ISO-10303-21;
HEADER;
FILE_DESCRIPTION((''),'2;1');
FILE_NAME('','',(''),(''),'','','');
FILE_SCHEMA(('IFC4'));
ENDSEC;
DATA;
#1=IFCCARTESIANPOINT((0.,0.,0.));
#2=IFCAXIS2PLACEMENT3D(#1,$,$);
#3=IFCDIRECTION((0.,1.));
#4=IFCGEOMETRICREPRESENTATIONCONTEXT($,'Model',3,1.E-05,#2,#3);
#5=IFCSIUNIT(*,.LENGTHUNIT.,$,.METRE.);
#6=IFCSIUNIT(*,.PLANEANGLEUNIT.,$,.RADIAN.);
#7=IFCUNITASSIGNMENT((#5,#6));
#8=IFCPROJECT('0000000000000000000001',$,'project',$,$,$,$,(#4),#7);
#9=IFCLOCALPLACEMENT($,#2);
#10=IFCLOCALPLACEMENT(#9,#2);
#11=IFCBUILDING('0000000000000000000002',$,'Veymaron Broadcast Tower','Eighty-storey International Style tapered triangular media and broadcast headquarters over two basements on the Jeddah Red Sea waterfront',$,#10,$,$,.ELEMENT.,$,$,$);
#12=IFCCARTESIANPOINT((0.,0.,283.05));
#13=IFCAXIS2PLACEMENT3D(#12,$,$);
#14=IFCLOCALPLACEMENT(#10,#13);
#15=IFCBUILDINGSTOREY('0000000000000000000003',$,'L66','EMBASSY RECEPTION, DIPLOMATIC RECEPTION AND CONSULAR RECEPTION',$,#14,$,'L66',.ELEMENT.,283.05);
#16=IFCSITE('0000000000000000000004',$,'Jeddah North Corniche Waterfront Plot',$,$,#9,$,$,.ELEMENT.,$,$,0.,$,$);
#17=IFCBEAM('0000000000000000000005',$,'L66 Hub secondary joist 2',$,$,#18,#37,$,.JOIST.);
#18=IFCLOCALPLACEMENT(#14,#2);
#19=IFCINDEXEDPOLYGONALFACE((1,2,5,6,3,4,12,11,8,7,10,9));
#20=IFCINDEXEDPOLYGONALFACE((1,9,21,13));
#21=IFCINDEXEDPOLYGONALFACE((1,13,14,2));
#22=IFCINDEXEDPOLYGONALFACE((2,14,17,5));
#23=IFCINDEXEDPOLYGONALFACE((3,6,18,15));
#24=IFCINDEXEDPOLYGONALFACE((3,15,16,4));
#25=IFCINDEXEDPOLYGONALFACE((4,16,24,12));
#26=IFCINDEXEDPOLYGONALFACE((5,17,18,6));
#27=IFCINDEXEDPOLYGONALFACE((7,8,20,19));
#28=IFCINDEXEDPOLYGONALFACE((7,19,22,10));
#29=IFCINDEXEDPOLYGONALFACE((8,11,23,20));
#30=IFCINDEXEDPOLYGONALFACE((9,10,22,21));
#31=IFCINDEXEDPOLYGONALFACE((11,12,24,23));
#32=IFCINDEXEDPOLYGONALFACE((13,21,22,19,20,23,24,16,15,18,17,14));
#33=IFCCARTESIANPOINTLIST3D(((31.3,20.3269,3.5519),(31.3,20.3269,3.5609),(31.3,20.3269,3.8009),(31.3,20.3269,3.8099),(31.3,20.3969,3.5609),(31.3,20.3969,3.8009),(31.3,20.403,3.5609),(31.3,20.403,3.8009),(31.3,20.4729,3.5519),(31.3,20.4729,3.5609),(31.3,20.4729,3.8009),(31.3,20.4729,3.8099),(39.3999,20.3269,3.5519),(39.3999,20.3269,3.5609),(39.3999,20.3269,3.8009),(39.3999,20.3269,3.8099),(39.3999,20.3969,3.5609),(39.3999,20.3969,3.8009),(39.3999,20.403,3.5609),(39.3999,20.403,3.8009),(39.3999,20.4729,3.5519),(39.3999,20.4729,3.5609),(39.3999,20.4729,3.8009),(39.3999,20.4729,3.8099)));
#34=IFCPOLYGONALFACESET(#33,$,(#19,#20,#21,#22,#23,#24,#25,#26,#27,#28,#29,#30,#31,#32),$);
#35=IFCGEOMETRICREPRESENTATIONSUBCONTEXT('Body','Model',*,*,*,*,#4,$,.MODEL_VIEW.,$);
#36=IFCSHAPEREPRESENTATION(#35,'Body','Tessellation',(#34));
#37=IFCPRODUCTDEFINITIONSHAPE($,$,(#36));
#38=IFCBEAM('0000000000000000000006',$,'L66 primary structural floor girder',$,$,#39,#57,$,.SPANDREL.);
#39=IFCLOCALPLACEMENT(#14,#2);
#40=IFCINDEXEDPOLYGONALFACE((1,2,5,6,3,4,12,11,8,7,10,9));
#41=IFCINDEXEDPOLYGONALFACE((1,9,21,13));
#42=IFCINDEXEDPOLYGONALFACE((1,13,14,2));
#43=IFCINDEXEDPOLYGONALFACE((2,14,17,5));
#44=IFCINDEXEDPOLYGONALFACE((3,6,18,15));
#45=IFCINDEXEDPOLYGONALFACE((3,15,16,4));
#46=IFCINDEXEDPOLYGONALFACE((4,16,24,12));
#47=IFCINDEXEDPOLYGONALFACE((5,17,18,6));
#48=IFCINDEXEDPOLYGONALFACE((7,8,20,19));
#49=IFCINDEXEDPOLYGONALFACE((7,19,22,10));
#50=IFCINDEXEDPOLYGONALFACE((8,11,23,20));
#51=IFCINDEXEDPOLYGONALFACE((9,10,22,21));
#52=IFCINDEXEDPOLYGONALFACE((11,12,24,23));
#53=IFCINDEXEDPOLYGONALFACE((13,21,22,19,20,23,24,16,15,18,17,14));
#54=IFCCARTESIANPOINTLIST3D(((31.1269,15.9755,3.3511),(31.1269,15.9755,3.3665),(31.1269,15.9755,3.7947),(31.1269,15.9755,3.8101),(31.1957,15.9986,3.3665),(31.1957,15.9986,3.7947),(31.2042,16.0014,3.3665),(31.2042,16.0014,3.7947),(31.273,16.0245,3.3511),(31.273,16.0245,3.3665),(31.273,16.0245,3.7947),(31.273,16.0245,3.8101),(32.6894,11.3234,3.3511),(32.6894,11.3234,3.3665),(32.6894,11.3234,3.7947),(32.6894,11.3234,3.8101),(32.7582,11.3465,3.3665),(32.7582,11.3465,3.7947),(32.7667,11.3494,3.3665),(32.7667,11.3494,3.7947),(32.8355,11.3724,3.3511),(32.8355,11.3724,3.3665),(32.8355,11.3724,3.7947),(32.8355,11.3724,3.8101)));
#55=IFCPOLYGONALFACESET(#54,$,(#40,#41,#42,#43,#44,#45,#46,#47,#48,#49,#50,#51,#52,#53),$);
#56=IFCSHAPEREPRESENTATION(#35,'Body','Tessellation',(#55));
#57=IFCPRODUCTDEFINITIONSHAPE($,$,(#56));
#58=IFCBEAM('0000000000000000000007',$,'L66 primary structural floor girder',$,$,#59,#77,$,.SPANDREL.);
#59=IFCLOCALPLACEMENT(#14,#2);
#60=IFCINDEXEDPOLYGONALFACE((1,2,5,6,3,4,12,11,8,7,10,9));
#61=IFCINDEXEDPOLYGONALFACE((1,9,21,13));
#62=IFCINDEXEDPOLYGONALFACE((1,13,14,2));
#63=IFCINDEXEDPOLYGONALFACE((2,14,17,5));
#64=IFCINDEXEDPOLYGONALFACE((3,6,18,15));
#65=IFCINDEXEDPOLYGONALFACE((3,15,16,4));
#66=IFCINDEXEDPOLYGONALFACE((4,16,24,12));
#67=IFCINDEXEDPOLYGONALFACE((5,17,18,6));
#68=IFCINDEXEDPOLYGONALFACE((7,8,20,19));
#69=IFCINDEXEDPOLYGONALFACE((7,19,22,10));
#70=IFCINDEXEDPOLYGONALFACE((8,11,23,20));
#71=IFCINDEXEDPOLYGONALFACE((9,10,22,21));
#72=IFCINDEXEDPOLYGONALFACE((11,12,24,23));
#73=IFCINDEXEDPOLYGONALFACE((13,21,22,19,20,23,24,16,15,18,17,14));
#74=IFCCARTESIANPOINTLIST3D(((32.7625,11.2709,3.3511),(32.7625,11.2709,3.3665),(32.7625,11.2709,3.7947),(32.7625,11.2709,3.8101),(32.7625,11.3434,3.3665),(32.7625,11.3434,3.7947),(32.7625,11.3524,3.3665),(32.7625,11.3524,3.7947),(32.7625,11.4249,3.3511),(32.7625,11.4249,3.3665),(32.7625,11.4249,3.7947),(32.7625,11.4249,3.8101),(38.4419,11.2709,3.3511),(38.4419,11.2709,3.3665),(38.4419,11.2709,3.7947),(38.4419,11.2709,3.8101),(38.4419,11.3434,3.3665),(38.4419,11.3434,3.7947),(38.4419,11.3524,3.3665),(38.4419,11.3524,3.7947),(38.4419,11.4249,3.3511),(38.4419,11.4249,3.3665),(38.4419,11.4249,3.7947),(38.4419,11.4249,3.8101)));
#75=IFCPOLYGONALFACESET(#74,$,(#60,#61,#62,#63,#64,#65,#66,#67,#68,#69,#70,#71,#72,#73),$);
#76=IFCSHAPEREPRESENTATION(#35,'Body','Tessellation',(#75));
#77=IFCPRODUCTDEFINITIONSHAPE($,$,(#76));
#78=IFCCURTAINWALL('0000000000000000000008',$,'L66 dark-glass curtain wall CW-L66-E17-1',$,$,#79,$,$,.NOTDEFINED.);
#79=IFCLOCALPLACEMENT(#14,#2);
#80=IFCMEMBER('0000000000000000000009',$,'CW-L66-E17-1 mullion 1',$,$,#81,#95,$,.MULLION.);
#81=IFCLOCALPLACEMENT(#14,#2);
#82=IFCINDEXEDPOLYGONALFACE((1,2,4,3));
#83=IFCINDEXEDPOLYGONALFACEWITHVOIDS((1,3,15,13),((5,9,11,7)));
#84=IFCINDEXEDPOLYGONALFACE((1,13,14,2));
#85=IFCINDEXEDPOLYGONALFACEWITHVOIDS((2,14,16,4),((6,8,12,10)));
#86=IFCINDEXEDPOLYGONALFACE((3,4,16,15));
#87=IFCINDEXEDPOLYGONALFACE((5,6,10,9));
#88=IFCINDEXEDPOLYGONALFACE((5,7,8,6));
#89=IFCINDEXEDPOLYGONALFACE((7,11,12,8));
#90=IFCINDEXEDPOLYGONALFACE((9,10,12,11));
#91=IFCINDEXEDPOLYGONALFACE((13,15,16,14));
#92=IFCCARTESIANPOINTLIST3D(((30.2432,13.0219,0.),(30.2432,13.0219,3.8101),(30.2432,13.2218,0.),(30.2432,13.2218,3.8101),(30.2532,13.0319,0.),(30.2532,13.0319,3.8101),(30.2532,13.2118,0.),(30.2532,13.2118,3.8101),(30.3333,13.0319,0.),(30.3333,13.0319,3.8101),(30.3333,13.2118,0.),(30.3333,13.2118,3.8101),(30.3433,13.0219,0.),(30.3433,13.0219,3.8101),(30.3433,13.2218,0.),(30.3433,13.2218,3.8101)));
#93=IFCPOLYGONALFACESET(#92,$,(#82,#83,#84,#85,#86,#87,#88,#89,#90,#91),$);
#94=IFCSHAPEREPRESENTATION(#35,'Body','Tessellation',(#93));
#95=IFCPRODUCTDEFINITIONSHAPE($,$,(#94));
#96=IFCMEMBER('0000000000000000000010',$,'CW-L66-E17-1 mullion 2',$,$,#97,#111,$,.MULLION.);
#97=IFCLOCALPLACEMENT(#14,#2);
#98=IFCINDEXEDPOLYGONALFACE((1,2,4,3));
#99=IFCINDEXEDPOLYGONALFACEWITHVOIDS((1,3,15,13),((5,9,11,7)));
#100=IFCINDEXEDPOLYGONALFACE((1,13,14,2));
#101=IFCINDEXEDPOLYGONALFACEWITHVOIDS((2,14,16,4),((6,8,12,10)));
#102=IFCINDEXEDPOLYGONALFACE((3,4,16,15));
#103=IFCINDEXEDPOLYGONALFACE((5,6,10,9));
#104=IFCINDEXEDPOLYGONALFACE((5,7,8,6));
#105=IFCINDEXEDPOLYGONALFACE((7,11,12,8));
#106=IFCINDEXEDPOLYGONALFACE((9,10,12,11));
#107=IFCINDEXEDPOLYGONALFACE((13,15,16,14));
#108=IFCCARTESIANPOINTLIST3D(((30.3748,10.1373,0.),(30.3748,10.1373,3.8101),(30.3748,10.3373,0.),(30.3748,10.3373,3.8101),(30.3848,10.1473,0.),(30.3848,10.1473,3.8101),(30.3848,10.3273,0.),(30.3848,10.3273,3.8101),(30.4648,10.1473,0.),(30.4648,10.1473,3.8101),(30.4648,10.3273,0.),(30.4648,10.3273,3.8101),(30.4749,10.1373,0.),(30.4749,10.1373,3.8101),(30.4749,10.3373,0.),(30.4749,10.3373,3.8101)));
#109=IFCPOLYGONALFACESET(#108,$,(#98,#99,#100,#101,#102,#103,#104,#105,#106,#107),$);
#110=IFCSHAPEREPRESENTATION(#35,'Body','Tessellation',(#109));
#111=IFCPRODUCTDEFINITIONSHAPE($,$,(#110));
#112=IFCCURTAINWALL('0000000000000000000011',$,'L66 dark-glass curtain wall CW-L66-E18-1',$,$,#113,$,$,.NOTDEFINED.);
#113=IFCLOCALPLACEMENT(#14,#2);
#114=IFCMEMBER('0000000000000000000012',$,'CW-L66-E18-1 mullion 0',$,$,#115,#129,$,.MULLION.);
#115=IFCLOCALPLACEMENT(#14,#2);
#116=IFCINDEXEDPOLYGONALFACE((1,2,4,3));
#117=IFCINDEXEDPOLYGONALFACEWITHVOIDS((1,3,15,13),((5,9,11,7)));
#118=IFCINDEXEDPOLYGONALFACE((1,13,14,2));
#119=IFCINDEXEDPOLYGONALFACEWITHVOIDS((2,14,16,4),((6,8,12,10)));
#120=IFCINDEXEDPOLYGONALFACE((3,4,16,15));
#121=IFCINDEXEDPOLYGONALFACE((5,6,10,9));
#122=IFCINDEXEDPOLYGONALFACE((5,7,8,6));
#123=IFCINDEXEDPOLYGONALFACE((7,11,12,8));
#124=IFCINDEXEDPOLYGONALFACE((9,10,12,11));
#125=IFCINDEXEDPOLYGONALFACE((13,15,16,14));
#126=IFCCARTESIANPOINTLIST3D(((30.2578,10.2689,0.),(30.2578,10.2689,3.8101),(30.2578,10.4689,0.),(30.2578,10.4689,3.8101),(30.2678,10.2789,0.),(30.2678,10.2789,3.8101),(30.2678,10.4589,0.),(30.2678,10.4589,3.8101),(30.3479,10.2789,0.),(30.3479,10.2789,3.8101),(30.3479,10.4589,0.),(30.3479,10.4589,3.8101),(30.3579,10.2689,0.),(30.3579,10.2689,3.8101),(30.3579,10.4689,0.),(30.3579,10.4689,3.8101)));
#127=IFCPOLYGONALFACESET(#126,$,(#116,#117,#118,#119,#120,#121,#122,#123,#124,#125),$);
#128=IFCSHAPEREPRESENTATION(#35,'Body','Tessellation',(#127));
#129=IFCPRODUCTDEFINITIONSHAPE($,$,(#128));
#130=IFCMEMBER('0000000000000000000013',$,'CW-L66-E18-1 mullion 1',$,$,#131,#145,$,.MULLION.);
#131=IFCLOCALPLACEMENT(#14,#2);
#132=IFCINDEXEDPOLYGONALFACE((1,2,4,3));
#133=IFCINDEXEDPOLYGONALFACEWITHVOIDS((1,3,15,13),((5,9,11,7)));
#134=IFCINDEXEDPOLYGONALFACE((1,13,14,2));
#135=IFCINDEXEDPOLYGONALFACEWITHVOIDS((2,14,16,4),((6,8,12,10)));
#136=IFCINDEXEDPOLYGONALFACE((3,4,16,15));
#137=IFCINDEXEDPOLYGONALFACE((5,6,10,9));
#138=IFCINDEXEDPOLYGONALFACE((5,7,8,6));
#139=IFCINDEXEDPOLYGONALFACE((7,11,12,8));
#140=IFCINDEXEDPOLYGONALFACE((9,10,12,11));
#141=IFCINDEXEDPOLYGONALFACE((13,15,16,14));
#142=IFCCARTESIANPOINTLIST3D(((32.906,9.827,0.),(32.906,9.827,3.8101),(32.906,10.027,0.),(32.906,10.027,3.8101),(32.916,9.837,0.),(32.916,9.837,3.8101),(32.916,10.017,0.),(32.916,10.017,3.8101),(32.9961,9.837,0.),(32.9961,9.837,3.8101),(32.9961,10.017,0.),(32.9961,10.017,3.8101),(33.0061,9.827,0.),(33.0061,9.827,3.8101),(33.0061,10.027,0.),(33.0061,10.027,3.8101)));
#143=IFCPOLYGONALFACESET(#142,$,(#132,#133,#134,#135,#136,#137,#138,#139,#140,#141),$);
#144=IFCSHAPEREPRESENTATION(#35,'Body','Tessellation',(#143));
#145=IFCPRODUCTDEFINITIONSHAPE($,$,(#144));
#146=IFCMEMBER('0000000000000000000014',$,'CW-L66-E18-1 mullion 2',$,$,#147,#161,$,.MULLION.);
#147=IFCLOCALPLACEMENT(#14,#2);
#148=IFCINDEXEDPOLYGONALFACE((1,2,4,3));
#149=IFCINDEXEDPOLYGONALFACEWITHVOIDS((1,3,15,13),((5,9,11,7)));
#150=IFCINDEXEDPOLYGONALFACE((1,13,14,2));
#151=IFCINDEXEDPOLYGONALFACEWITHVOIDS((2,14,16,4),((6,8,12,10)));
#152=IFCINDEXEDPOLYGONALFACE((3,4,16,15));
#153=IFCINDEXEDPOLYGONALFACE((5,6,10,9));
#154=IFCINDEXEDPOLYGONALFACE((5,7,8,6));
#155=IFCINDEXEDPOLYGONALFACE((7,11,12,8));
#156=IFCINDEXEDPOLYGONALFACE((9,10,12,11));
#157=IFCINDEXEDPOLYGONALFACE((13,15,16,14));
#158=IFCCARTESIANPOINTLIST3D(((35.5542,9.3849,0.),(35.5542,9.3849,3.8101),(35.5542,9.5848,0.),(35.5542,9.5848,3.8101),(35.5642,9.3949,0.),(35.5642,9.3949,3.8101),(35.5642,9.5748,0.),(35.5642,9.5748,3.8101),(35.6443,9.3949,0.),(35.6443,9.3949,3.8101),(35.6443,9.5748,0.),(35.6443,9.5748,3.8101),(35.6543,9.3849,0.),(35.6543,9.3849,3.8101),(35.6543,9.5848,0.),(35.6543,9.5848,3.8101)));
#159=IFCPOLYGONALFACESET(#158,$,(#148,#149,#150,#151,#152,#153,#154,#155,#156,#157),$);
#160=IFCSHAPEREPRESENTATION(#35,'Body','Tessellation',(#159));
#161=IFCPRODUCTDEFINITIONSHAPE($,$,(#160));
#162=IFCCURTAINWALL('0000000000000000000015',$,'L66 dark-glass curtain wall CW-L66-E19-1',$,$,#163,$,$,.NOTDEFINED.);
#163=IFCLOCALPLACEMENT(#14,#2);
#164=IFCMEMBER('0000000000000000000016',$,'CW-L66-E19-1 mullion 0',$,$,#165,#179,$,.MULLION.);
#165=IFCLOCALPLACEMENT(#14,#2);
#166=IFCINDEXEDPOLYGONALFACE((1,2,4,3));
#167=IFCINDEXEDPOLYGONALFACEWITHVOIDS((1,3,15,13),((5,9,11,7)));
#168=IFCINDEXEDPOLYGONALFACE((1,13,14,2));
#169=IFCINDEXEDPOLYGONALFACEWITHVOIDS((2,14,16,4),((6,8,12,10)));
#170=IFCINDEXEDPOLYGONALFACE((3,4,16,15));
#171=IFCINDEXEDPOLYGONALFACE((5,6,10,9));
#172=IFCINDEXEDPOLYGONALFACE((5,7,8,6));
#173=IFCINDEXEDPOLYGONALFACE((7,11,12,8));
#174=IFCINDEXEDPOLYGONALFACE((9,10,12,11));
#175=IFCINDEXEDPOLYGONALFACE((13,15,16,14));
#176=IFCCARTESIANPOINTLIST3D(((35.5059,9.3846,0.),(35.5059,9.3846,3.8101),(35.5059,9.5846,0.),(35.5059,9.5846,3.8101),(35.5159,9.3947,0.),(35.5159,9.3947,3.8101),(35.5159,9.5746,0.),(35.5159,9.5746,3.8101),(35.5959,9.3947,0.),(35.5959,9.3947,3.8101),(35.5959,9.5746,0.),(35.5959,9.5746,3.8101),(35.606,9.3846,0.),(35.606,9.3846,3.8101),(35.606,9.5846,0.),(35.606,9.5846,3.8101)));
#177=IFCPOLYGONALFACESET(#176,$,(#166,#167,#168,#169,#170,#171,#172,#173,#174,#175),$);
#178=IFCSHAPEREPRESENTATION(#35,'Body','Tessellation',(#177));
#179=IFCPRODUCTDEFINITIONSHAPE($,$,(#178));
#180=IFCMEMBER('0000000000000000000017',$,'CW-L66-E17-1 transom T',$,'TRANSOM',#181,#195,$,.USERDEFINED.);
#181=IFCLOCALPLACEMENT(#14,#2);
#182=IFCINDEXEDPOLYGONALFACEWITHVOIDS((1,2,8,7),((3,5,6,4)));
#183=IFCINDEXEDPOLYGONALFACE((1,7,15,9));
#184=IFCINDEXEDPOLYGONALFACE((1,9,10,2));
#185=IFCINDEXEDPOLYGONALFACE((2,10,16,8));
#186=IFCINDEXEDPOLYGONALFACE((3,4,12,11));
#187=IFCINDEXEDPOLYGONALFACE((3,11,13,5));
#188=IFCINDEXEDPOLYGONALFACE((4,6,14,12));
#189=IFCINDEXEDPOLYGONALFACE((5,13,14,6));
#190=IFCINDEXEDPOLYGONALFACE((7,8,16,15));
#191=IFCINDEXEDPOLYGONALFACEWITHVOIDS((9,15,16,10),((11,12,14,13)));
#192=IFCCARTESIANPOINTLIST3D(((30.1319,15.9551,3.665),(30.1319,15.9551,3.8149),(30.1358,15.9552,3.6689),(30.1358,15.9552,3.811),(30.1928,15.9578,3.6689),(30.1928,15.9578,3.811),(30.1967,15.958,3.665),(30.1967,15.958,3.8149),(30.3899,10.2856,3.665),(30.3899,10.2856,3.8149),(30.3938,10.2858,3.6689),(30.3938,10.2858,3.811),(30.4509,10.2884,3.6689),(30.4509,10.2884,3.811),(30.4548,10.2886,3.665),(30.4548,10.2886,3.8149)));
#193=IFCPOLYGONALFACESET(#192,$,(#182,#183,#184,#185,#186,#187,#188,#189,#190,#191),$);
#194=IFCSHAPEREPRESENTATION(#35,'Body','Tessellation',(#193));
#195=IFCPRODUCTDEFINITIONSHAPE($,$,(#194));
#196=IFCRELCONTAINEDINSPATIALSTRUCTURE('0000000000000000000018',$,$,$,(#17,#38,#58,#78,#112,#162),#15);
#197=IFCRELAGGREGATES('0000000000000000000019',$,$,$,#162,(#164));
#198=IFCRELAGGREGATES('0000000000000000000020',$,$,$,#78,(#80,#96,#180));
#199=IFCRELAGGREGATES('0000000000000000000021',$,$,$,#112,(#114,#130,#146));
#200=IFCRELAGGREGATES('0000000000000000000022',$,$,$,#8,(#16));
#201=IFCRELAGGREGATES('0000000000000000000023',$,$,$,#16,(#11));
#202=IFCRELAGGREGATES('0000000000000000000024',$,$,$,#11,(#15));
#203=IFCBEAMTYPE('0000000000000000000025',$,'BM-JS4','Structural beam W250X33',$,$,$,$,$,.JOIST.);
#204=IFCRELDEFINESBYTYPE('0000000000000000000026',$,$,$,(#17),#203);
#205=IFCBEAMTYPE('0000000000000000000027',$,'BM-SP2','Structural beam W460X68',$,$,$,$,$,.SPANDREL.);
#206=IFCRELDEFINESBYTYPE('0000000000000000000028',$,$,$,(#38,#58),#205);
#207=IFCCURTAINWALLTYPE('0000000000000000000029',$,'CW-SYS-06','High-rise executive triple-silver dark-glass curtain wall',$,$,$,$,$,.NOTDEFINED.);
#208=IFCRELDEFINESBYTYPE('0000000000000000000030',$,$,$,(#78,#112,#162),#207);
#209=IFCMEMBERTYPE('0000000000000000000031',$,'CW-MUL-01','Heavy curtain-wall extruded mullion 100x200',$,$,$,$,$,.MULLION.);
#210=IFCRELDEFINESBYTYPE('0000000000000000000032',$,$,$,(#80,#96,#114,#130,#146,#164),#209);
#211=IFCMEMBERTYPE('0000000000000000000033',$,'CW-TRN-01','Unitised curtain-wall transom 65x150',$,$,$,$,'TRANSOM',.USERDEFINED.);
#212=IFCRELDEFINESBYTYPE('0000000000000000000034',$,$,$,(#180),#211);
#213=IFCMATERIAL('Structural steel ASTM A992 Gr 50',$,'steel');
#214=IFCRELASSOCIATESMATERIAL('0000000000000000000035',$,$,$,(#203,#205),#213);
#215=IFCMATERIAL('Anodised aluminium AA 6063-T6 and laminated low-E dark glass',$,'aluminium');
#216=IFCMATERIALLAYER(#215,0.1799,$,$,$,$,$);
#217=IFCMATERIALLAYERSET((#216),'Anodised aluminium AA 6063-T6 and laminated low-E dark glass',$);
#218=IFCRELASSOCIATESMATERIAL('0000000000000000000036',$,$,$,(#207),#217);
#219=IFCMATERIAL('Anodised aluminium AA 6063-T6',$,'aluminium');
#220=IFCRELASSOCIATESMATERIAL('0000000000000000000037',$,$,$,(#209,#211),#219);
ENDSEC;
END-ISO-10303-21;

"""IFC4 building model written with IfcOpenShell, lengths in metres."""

from ifc_helpers import new_model, si_unit, direction, frame, origin, origin_2d, place, context, subcontext, project, spatial, hollow_rectangle, i_section, extrude, material, layer, layer_set, material_profile, profile_set, type_object, element, aggregate, save


model = new_model("IFC4")

# Units and contexts
model_context = context("Model", 3, precision=1e-05, world=origin(), true_north=direction((0.0, 1.0)))
body_context = subcontext(model_context, "Body", "Model", "MODEL_VIEW")
ifc_project = project(units=[si_unit("LENGTHUNIT", "METRE"), si_unit("PLANEANGLEUNIT", "RADIAN")], contexts=[model_context])

# Site, building, storey
site_placement = place(None, origin())
site = spatial("IfcSite", under=ifc_project, at=site_placement, Name="Jeddah North Corniche Waterfront Plot", CompositionType="ELEMENT", RefElevation=0.0)
building_placement = place(site_placement, origin())
building = spatial("IfcBuilding", under=site, at=building_placement, Name="Veymaron Broadcast Tower", Description="Eighty-storey International Style tapered triangular media and broadcast headquarters over two basements on the Jeddah Red Sea waterfront", CompositionType="ELEMENT")
storey_placement = place(building_placement, frame((0.0, 0.0, 283.05)))
storey = spatial("IfcBuildingStorey", under=building, at=storey_placement, Name="L66", Description="EMBASSY RECEPTION, DIPLOMATIC RECEPTION AND CONSULAR RECEPTION", LongName="L66", CompositionType="ELEMENT", Elevation=283.05)

# Shared definitions
ifc_material_1 = material(Name="Structural steel ASTM A992 Gr 50", Category="steel")

# Beams
ifc_material_profile_1 = material_profile(ifc_material_1, i_section(OverallWidth=0.146, OverallDepth=0.2581, WebThickness=0.0061, FlangeThickness=0.009, at=origin_2d()), Name="W250X33")
ifc_profile_set_1 = profile_set([ifc_material_profile_1], Name="Structural steel ASTM A992 Gr 50")
beam_type_1 = type_object("IfcBeamType", Name="BM-JS4", Description="Structural beam W250X33", PredefinedType="JOIST", material=ifc_profile_set_1)
for number, where, z_axis, x_axis, name in (
    (1, (31.3, 20.3999, 3.6809), (1.0, 0.0, 0.0), (0.0, 1.0, 0.0), "L66 Hub secondary joist 2"),
):
    element("IfcBeam", number, at=place(storey_placement, frame(where, z_axis=z_axis, x_axis=x_axis)), inside=storey, type_object=beam_type_1, Name=name, PredefinedType="JOIST", context=body_context, shape_type="SweptSolid", body=[
        extrude(i_section(OverallWidth=0.146, OverallDepth=0.2581, WebThickness=0.0061, FlangeThickness=0.009, at=origin_2d()), origin(), (0.0, 0.0, 1.0), 8.0999),
    ])
ifc_material_profile_2 = material_profile(ifc_material_1, i_section(OverallWidth=0.1541, OverallDepth=0.459, WebThickness=0.009, FlangeThickness=0.0154, at=origin_2d()), Name="W460X68")
ifc_profile_set_2 = profile_set([ifc_material_profile_2], Name="Structural steel ASTM A992 Gr 50")
beam_type_2 = type_object("IfcBeamType", Name="BM-SP2", Description="Structural beam W460X68", PredefinedType="SPANDREL", material=ifc_profile_set_2)
beam_1_placement = place(storey_placement, frame((31.2, 16.0, 3.5806), z_axis=(0.318391, -0.947959, 0.0), x_axis=(0.947959, 0.318391, 0.0)))
element("IfcBeam", 2, at=beam_1_placement, inside=storey, type_object=beam_type_2, Name="L66 primary structural floor girder", PredefinedType="SPANDREL", context=body_context, shape_type="SweptSolid", body=[
    extrude(i_section(OverallWidth=0.1541, OverallDepth=0.459, WebThickness=0.009, FlangeThickness=0.0154, at=origin_2d()), origin(), (0.0, 0.0, 1.0), 4.9075),
])
beam_2_placement = place(storey_placement, frame((32.7625, 11.3479, 3.5806), z_axis=(1.0, 0.0, 0.0), x_axis=(0.0, 1.0, 0.0)))
element("IfcBeam", 3, at=beam_2_placement, inside=storey, type_object=beam_type_2, Name="L66 primary structural floor girder", PredefinedType="SPANDREL", context=body_context, shape_type="SweptSolid", body=[
    extrude(i_section(OverallWidth=0.1541, OverallDepth=0.459, WebThickness=0.009, FlangeThickness=0.0154, at=origin_2d()), origin(), (0.0, 0.0, 1.0), 5.6794),
])

# Curtain walls, members
ifc_material_2 = material(Name="Anodised aluminium AA 6063-T6 and laminated low-E dark glass", Category="aluminium")
ifc_layer_1 = layer(ifc_material_2, 0.1799)
ifc_layer_set_1 = layer_set([ifc_layer_1], Name="Anodised aluminium AA 6063-T6 and laminated low-E dark glass")
curtain_wall_type = type_object("IfcCurtainWallType", Name="CW-SYS-06", Description="High-rise executive triple-silver dark-glass curtain wall", PredefinedType="NOTDEFINED", material=ifc_layer_set_1)
curtain_wall_1_placement = place(storey_placement, origin())
curtain_wall_1 = element("IfcCurtainWall", 4, at=curtain_wall_1_placement, inside=storey, type_object=curtain_wall_type, Name="L66 dark-glass curtain wall CW-L66-E17-1", PredefinedType="NOTDEFINED")
ifc_material_3 = material(Name="Anodised aluminium AA 6063-T6", Category="aluminium")
ifc_material_profile_3 = material_profile(ifc_material_3, hollow_rectangle(XDim=0.1001, YDim=0.2, WallThickness=0.01, at=origin_2d()), Name="RHS200X100X10")
ifc_profile_set_3 = profile_set([ifc_material_profile_3], Name="Anodised aluminium AA 6063-T6")
member_type_1 = type_object("IfcMemberType", Name="CW-MUL-01", Description="Heavy curtain-wall extruded mullion 100x200", PredefinedType="MULLION", material=ifc_profile_set_3)
member_1_placement = place(storey_placement, frame((30.2932, 13.1218, 0.0), z_axis=(0.0, 0.0, 1.0), x_axis=(1.0, 0.0, 0.0)))
member_1 = element("IfcMember", 5, at=member_1_placement, type_object=member_type_1, Name="CW-L66-E17-1 mullion 1", PredefinedType="MULLION", context=body_context, shape_type="SweptSolid", body=[
    extrude(hollow_rectangle(XDim=0.1001, YDim=0.2, WallThickness=0.01, at=origin_2d()), origin(), (0.0, 0.0, 1.0), 3.8101),
])
member_2_placement = place(storey_placement, frame((30.4248, 10.2373, 0.0), z_axis=(0.0, 0.0, 1.0), x_axis=(1.0, 0.0, 0.0)))
member_2 = element("IfcMember", 6, at=member_2_placement, type_object=member_type_1, Name="CW-L66-E17-1 mullion 2", PredefinedType="MULLION", context=body_context, shape_type="SweptSolid", body=[
    extrude(hollow_rectangle(XDim=0.1001, YDim=0.2, WallThickness=0.01, at=origin_2d()), origin(), (0.0, 0.0, 1.0), 3.8101),
])
curtain_wall_2_placement = place(storey_placement, origin())
curtain_wall_2 = element("IfcCurtainWall", 7, at=curtain_wall_2_placement, inside=storey, type_object=curtain_wall_type, Name="L66 dark-glass curtain wall CW-L66-E18-1", PredefinedType="NOTDEFINED")
member_3_placement = place(storey_placement, frame((30.3079, 10.3689, 0.0), z_axis=(0.0, 0.0, 1.0), x_axis=(1.0, 0.0, 0.0)))
member_3 = element("IfcMember", 8, at=member_3_placement, type_object=member_type_1, Name="CW-L66-E18-1 mullion 0", PredefinedType="MULLION", context=body_context, shape_type="SweptSolid", body=[
    extrude(hollow_rectangle(XDim=0.1001, YDim=0.2, WallThickness=0.01, at=origin_2d()), origin(), (0.0, 0.0, 1.0), 3.8101),
])
member_4_placement = place(storey_placement, frame((32.9561, 9.927, 0.0), z_axis=(0.0, 0.0, 1.0), x_axis=(1.0, 0.0, 0.0)))
member_4 = element("IfcMember", 9, at=member_4_placement, type_object=member_type_1, Name="CW-L66-E18-1 mullion 1", PredefinedType="MULLION", context=body_context, shape_type="SweptSolid", body=[
    extrude(hollow_rectangle(XDim=0.1001, YDim=0.2, WallThickness=0.01, at=origin_2d()), origin(), (0.0, 0.0, 1.0), 3.8101),
])
member_5_placement = place(storey_placement, frame((35.6042, 9.4849, 0.0), z_axis=(0.0, 0.0, 1.0), x_axis=(1.0, 0.0, 0.0)))
member_5 = element("IfcMember", 10, at=member_5_placement, type_object=member_type_1, Name="CW-L66-E18-1 mullion 2", PredefinedType="MULLION", context=body_context, shape_type="SweptSolid", body=[
    extrude(hollow_rectangle(XDim=0.1001, YDim=0.2, WallThickness=0.01, at=origin_2d()), origin(), (0.0, 0.0, 1.0), 3.8101),
])

# Curtain wall, member
curtain_wall_3_placement = place(storey_placement, origin())
curtain_wall_3 = element("IfcCurtainWall", 11, at=curtain_wall_3_placement, inside=storey, type_object=curtain_wall_type, Name="L66 dark-glass curtain wall CW-L66-E19-1", PredefinedType="NOTDEFINED")
member_6_placement = place(storey_placement, frame((35.5559, 9.4846, 0.0), z_axis=(0.0, 0.0, 1.0), x_axis=(1.0, 0.0, 0.0)))
member_6 = element("IfcMember", 12, at=member_6_placement, type_object=member_type_1, Name="CW-L66-E19-1 mullion 0", PredefinedType="MULLION", context=body_context, shape_type="SweptSolid", body=[
    extrude(hollow_rectangle(XDim=0.1001, YDim=0.2, WallThickness=0.01, at=origin_2d()), origin(), (0.0, 0.0, 1.0), 3.8101),
])

# Member
ifc_material_profile_4 = material_profile(ifc_material_3, hollow_rectangle(XDim=0.0649, YDim=0.1499, WallThickness=0.0039, at=origin_2d()), Name="AL150X65X4")
ifc_profile_set_4 = profile_set([ifc_material_profile_4], Name="Anodised aluminium AA 6063-T6")
member_type_2 = type_object("IfcMemberType", Name="CW-TRN-01", Description="Unitised curtain-wall transom 65x150", ElementType="TRANSOM", PredefinedType="USERDEFINED", material=ifc_profile_set_4)
member_7_placement = place(storey_placement, frame((30.1643, 15.9565, 3.74), z_axis=(0.04547, -0.998966, 0.0), x_axis=(0.998966, 0.04547, 0.0)))
member_7 = element("IfcMember", 13, at=member_7_placement, type_object=member_type_2, Name="CW-L66-E17-1 transom T", ObjectType="TRANSOM", PredefinedType="USERDEFINED", context=body_context, shape_type="SweptSolid", body=[
    extrude(hollow_rectangle(XDim=0.0649, YDim=0.1499, WallThickness=0.0039, at=origin_2d()), origin(), (0.0, 0.0, 1.0), 5.6753),
])
aggregate(curtain_wall_3, [member_6])

aggregate(curtain_wall_1, [member_1, member_2, member_7])
aggregate(curtain_wall_2, [member_3, member_4, member_5])

save(model, "model.ifc")
